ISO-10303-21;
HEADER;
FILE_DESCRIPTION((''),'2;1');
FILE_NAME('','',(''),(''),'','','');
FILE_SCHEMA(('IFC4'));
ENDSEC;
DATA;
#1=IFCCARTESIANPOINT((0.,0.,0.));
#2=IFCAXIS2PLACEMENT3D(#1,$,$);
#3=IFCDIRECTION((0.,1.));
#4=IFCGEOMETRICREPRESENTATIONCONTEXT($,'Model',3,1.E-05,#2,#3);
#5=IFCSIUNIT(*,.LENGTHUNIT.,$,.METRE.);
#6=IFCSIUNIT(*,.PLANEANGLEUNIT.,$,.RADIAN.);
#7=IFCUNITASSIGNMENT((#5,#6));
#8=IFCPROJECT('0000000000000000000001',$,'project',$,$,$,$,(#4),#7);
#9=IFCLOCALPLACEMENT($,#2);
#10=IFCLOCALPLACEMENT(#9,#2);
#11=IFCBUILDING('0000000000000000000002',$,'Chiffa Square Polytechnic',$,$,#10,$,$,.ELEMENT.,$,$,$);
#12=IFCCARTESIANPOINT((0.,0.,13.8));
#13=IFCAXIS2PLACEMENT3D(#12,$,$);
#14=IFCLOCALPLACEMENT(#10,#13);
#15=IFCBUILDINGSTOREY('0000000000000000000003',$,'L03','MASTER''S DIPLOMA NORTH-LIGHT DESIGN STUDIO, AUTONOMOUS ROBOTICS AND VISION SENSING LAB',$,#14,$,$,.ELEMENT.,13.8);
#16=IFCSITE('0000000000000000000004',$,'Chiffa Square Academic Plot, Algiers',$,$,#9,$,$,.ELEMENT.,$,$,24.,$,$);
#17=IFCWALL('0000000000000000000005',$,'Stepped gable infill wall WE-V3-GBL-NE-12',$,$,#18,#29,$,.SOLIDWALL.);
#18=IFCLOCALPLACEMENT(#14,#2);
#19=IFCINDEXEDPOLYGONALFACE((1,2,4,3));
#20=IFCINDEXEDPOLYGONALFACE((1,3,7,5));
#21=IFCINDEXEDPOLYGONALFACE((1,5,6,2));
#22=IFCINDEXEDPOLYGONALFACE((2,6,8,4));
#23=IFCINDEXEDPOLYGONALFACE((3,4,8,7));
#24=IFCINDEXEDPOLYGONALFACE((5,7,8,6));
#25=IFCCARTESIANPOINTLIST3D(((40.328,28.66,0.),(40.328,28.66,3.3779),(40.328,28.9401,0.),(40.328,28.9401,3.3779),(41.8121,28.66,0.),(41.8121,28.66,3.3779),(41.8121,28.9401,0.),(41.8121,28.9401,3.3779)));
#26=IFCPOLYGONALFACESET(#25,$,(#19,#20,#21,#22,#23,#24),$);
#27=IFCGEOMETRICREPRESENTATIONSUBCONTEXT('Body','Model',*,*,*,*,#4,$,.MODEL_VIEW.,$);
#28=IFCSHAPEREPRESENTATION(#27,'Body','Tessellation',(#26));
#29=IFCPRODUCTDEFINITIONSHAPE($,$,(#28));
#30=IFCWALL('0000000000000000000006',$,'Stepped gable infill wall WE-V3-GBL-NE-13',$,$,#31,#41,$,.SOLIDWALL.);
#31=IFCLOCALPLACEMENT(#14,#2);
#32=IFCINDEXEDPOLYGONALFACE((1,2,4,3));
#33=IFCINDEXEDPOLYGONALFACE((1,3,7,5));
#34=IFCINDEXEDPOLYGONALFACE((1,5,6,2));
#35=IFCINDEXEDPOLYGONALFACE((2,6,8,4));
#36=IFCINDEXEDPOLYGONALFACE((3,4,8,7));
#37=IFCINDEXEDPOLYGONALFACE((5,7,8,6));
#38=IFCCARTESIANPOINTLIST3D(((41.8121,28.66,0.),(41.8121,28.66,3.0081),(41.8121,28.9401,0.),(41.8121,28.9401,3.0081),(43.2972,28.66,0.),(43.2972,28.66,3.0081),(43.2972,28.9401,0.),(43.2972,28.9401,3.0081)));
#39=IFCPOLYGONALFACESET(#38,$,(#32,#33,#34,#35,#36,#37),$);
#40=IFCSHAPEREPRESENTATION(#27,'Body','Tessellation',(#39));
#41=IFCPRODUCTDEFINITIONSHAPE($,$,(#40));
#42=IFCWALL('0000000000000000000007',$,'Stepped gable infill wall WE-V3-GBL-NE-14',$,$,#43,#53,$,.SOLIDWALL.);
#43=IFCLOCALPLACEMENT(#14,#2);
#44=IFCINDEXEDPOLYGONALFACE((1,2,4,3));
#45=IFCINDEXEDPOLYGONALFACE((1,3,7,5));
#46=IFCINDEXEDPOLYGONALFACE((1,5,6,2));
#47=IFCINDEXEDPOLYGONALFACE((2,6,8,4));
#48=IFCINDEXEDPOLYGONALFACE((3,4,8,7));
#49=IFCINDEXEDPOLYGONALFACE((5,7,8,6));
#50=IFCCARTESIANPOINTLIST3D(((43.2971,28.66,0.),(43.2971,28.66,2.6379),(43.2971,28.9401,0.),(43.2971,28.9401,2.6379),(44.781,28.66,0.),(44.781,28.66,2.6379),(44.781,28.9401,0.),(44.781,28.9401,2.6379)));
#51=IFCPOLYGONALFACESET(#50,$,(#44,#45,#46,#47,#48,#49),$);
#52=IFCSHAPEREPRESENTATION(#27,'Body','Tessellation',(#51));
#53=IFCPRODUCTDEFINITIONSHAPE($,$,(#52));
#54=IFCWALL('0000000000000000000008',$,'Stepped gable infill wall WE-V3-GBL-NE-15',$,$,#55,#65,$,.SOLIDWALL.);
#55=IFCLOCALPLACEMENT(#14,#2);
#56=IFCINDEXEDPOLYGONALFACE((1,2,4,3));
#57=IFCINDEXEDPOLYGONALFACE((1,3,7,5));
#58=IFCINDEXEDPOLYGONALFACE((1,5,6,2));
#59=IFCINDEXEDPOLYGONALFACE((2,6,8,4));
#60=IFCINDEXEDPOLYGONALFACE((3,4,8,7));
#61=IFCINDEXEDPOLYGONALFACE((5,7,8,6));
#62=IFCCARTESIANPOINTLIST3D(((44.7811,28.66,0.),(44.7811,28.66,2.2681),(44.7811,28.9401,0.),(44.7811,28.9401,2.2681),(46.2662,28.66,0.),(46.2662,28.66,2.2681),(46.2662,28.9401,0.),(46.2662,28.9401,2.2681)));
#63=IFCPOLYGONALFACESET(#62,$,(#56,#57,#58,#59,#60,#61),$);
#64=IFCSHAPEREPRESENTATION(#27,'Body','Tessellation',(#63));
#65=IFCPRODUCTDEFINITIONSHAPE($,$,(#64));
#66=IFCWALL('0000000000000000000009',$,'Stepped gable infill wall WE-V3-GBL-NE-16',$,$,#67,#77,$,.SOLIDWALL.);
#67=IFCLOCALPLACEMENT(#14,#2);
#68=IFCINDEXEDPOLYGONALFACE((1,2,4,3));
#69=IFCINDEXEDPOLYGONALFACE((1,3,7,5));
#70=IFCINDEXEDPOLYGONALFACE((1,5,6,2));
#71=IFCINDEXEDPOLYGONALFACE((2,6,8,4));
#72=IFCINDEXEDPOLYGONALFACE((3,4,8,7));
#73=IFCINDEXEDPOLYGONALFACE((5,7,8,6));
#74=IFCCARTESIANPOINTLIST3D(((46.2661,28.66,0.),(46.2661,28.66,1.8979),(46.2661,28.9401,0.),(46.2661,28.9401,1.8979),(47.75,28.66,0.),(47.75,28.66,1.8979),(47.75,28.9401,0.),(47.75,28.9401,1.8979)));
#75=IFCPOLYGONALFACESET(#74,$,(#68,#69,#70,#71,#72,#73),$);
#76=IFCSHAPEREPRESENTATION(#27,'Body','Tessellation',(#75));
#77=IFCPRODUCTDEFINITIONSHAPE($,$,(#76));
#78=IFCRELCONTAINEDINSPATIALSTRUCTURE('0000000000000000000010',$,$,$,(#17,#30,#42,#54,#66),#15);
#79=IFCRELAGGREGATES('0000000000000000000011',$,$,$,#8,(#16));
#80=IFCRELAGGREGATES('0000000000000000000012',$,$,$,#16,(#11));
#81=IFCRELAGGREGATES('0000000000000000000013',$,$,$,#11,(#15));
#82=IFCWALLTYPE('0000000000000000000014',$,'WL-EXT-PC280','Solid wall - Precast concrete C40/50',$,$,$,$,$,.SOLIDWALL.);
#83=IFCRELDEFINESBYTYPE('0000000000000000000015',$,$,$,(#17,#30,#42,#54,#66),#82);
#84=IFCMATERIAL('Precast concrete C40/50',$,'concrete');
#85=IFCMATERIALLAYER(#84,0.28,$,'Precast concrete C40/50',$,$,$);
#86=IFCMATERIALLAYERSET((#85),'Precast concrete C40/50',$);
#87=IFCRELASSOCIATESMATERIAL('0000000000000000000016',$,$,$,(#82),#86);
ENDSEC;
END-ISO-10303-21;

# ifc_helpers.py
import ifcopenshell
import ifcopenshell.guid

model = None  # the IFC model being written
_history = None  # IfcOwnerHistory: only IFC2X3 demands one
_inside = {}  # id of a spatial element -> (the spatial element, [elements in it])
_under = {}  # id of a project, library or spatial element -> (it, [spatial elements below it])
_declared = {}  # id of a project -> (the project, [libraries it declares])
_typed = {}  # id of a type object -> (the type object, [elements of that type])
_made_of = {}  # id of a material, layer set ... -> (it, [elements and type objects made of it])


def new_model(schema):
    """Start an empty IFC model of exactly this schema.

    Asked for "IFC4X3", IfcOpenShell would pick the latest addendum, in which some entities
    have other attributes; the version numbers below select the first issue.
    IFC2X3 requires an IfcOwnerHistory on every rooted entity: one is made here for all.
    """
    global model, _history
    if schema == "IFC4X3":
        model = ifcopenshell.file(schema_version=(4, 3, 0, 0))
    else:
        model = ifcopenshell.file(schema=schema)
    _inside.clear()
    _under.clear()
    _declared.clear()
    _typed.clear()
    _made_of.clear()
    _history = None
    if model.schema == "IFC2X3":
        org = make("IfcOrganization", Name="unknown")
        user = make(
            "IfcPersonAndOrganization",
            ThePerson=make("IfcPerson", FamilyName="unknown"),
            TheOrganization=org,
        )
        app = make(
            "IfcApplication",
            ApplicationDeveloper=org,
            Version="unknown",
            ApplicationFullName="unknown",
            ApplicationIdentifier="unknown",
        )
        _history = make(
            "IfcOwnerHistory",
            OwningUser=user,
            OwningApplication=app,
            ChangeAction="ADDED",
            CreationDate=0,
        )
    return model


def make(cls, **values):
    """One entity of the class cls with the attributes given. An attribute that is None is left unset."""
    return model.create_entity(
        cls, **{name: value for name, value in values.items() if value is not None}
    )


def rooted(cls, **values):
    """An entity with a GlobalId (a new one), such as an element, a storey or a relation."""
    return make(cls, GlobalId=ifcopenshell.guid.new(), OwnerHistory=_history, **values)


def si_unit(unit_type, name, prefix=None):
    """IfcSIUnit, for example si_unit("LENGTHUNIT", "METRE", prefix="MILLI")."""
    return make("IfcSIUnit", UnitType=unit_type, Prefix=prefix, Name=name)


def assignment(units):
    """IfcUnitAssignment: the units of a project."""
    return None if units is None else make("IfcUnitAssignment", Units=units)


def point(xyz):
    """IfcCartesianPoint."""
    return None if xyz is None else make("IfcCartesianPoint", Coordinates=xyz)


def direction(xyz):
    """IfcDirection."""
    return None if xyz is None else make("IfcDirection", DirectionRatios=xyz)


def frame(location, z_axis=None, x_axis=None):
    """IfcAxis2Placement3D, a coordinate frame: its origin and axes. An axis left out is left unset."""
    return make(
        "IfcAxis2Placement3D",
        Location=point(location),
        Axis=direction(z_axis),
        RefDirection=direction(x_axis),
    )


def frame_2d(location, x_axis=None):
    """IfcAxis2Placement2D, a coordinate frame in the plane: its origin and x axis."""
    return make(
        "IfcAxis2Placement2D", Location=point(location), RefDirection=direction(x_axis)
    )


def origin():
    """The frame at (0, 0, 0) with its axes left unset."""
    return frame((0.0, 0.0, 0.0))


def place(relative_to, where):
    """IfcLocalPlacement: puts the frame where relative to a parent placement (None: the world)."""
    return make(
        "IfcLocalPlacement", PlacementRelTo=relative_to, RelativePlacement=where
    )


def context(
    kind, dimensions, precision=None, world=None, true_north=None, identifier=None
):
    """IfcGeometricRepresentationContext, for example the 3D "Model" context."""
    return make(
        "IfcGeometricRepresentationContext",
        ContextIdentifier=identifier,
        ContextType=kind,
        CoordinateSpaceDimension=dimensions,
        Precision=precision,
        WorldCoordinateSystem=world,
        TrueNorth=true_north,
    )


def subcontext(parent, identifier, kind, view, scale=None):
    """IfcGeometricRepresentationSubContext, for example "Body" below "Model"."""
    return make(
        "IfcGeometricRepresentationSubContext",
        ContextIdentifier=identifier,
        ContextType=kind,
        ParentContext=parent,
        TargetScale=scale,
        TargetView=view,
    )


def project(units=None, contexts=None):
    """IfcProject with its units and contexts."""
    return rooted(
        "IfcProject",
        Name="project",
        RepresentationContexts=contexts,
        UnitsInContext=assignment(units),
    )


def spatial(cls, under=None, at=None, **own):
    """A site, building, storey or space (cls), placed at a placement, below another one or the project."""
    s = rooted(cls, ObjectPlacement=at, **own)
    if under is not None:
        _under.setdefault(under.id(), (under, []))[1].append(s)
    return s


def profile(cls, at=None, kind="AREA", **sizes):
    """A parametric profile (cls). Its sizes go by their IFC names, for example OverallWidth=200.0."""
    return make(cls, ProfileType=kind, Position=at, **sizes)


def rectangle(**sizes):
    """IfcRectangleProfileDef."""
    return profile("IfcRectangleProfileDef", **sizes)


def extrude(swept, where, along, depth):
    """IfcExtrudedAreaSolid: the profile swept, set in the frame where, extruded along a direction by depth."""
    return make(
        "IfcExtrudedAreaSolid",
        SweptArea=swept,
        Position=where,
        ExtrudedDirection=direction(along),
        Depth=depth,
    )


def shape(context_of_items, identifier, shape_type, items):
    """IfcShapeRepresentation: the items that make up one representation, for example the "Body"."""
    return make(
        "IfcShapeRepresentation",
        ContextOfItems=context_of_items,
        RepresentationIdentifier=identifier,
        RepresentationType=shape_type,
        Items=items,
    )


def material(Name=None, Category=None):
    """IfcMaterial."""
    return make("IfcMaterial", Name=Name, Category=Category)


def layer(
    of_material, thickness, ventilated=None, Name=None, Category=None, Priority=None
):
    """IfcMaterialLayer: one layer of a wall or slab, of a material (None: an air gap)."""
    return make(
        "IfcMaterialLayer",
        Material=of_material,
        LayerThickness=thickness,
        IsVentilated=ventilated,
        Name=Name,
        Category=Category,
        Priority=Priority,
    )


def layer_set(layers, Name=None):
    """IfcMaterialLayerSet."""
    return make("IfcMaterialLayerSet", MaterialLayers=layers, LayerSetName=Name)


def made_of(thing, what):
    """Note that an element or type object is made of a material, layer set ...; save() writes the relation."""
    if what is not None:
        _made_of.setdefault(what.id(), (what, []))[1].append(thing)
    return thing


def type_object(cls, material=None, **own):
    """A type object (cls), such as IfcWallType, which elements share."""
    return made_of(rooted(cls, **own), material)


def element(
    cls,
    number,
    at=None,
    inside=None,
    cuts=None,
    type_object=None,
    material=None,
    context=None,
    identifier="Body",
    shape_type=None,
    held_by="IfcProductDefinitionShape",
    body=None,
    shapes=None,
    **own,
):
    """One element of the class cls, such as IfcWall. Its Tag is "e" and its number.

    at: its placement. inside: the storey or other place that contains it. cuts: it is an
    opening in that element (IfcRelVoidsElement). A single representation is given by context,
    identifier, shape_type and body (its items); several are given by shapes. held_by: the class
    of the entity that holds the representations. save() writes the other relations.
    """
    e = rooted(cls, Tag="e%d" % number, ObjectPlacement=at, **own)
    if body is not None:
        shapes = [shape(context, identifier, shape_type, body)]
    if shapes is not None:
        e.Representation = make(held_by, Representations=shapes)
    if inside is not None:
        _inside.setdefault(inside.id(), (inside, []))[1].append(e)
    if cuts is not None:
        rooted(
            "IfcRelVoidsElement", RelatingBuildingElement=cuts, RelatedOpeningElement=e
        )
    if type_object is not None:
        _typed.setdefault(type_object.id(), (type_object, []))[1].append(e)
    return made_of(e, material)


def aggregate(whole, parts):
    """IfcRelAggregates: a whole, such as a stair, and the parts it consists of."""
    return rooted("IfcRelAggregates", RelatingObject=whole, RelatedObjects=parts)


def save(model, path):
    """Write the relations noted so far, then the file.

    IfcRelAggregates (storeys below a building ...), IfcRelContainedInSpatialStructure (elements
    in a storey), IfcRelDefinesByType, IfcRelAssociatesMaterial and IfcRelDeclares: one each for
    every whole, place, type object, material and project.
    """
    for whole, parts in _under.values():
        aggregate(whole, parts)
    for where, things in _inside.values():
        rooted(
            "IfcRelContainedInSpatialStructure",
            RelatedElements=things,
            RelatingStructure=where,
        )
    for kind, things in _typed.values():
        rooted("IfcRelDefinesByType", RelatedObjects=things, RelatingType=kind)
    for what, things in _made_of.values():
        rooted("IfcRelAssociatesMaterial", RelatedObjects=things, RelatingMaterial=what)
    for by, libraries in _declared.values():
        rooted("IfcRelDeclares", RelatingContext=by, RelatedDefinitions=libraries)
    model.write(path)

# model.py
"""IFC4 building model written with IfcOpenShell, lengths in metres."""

from ifc_helpers import new_model, si_unit, direction, frame, frame_2d, origin, place, context, subcontext, project, spatial, rectangle, extrude, material, layer, layer_set, type_object, element, save


model = new_model("IFC4")

# Units and contexts
model_context = context("Model", 3, precision=1e-05, world=origin(), true_north=direction((0.0, 1.0)))
body_context = subcontext(model_context, "Body", "Model", "MODEL_VIEW")
ifc_project = project(units=[si_unit("LENGTHUNIT", "METRE"), si_unit("PLANEANGLEUNIT", "RADIAN")], contexts=[model_context])

# Site, building, storey
site_placement = place(None, origin())
site = spatial("IfcSite", under=ifc_project, at=site_placement, Name="Chiffa Square Academic Plot, Algiers", CompositionType="ELEMENT", RefElevation=24.0)
building_placement = place(site_placement, origin())
building = spatial("IfcBuilding", under=site, at=building_placement, Name="Chiffa Square Polytechnic", CompositionType="ELEMENT")
storey_placement = place(building_placement, frame((0.0, 0.0, 13.8)))
storey = spatial("IfcBuildingStorey", under=building, at=storey_placement, Name="L03", Description="MASTER'S DIPLOMA NORTH-LIGHT DESIGN STUDIO, AUTONOMOUS ROBOTICS AND VISION SENSING LAB", CompositionType="ELEMENT", Elevation=13.8)

# Walls
ifc_material_1 = material(Name="Precast concrete C40/50", Category="concrete")
ifc_layer = layer(ifc_material_1, 0.28, Name="Precast concrete C40/50")
ifc_layer_set = layer_set([ifc_layer], Name="Precast concrete C40/50")
wall_type = type_object("IfcWallType", Name="WL-EXT-PC280", Description="Solid wall - Precast concrete C40/50", PredefinedType="SOLIDWALL", material=ifc_layer_set)
wall_1_placement = place(storey_placement, frame((40.3279, 28.8, 0.0), z_axis=(0.0, 0.0, 1.0), x_axis=(1.0, 0.0, 0.0)))
element("IfcWall", 1, at=wall_1_placement, inside=storey, type_object=wall_type, Name="Stepped gable infill wall WE-V3-GBL-NE-12", PredefinedType="SOLIDWALL", context=body_context, shape_type="SweptSolid", body=[
    extrude(rectangle(XDim=1.4841, YDim=0.28, at=frame_2d((0.7422, 0.0))), origin(), (0.0, 0.0, 1.0), 3.3779),
])
wall_2_placement = place(storey_placement, frame((41.812, 28.8, 0.0), z_axis=(0.0, 0.0, 1.0), x_axis=(1.0, 0.0, 0.0)))
element("IfcWall", 2, at=wall_2_placement, inside=storey, type_object=wall_type, Name="Stepped gable infill wall WE-V3-GBL-NE-13", PredefinedType="SOLIDWALL", context=body_context, shape_type="SweptSolid", body=[
    extrude(rectangle(XDim=1.4851, YDim=0.28, at=frame_2d((0.7427, 0.0))), origin(), (0.0, 0.0, 1.0), 3.0081),
])
wall_3_placement = place(storey_placement, frame((43.2971, 28.8, 0.0), z_axis=(0.0, 0.0, 1.0), x_axis=(1.0, 0.0, 0.0)))
element("IfcWall", 3, at=wall_3_placement, inside=storey, type_object=wall_type, Name="Stepped gable infill wall WE-V3-GBL-NE-14", PredefinedType="SOLIDWALL", context=body_context, shape_type="SweptSolid", body=[
    extrude(rectangle(XDim=1.4839, YDim=0.28, at=frame_2d((0.7419, 0.0))), origin(), (0.0, 0.0, 1.0), 2.6379),
])
wall_4_placement = place(storey_placement, frame((44.781, 28.8, 0.0), z_axis=(0.0, 0.0, 1.0), x_axis=(1.0, 0.0, 0.0)))
element("IfcWall", 4, at=wall_4_placement, inside=storey, type_object=wall_type, Name="Stepped gable infill wall WE-V3-GBL-NE-15", PredefinedType="SOLIDWALL", context=body_context, shape_type="SweptSolid", body=[
    extrude(rectangle(XDim=1.4851, YDim=0.28, at=frame_2d((0.7427, 0.0))), origin(), (0.0, 0.0, 1.0), 2.2681),
])
wall_5_placement = place(storey_placement, frame((46.2661, 28.8, 0.0), z_axis=(0.0, 0.0, 1.0), x_axis=(1.0, 0.0, 0.0)))
element("IfcWall", 5, at=wall_5_placement, inside=storey, type_object=wall_type, Name="Stepped gable infill wall WE-V3-GBL-NE-16", PredefinedType="SOLIDWALL", context=body_context, shape_type="SweptSolid", body=[
    extrude(rectangle(XDim=1.4839, YDim=0.28, at=frame_2d((0.7419, 0.0))), origin(), (0.0, 0.0, 1.0), 1.8979),
])

save(model, "model.ifc")
